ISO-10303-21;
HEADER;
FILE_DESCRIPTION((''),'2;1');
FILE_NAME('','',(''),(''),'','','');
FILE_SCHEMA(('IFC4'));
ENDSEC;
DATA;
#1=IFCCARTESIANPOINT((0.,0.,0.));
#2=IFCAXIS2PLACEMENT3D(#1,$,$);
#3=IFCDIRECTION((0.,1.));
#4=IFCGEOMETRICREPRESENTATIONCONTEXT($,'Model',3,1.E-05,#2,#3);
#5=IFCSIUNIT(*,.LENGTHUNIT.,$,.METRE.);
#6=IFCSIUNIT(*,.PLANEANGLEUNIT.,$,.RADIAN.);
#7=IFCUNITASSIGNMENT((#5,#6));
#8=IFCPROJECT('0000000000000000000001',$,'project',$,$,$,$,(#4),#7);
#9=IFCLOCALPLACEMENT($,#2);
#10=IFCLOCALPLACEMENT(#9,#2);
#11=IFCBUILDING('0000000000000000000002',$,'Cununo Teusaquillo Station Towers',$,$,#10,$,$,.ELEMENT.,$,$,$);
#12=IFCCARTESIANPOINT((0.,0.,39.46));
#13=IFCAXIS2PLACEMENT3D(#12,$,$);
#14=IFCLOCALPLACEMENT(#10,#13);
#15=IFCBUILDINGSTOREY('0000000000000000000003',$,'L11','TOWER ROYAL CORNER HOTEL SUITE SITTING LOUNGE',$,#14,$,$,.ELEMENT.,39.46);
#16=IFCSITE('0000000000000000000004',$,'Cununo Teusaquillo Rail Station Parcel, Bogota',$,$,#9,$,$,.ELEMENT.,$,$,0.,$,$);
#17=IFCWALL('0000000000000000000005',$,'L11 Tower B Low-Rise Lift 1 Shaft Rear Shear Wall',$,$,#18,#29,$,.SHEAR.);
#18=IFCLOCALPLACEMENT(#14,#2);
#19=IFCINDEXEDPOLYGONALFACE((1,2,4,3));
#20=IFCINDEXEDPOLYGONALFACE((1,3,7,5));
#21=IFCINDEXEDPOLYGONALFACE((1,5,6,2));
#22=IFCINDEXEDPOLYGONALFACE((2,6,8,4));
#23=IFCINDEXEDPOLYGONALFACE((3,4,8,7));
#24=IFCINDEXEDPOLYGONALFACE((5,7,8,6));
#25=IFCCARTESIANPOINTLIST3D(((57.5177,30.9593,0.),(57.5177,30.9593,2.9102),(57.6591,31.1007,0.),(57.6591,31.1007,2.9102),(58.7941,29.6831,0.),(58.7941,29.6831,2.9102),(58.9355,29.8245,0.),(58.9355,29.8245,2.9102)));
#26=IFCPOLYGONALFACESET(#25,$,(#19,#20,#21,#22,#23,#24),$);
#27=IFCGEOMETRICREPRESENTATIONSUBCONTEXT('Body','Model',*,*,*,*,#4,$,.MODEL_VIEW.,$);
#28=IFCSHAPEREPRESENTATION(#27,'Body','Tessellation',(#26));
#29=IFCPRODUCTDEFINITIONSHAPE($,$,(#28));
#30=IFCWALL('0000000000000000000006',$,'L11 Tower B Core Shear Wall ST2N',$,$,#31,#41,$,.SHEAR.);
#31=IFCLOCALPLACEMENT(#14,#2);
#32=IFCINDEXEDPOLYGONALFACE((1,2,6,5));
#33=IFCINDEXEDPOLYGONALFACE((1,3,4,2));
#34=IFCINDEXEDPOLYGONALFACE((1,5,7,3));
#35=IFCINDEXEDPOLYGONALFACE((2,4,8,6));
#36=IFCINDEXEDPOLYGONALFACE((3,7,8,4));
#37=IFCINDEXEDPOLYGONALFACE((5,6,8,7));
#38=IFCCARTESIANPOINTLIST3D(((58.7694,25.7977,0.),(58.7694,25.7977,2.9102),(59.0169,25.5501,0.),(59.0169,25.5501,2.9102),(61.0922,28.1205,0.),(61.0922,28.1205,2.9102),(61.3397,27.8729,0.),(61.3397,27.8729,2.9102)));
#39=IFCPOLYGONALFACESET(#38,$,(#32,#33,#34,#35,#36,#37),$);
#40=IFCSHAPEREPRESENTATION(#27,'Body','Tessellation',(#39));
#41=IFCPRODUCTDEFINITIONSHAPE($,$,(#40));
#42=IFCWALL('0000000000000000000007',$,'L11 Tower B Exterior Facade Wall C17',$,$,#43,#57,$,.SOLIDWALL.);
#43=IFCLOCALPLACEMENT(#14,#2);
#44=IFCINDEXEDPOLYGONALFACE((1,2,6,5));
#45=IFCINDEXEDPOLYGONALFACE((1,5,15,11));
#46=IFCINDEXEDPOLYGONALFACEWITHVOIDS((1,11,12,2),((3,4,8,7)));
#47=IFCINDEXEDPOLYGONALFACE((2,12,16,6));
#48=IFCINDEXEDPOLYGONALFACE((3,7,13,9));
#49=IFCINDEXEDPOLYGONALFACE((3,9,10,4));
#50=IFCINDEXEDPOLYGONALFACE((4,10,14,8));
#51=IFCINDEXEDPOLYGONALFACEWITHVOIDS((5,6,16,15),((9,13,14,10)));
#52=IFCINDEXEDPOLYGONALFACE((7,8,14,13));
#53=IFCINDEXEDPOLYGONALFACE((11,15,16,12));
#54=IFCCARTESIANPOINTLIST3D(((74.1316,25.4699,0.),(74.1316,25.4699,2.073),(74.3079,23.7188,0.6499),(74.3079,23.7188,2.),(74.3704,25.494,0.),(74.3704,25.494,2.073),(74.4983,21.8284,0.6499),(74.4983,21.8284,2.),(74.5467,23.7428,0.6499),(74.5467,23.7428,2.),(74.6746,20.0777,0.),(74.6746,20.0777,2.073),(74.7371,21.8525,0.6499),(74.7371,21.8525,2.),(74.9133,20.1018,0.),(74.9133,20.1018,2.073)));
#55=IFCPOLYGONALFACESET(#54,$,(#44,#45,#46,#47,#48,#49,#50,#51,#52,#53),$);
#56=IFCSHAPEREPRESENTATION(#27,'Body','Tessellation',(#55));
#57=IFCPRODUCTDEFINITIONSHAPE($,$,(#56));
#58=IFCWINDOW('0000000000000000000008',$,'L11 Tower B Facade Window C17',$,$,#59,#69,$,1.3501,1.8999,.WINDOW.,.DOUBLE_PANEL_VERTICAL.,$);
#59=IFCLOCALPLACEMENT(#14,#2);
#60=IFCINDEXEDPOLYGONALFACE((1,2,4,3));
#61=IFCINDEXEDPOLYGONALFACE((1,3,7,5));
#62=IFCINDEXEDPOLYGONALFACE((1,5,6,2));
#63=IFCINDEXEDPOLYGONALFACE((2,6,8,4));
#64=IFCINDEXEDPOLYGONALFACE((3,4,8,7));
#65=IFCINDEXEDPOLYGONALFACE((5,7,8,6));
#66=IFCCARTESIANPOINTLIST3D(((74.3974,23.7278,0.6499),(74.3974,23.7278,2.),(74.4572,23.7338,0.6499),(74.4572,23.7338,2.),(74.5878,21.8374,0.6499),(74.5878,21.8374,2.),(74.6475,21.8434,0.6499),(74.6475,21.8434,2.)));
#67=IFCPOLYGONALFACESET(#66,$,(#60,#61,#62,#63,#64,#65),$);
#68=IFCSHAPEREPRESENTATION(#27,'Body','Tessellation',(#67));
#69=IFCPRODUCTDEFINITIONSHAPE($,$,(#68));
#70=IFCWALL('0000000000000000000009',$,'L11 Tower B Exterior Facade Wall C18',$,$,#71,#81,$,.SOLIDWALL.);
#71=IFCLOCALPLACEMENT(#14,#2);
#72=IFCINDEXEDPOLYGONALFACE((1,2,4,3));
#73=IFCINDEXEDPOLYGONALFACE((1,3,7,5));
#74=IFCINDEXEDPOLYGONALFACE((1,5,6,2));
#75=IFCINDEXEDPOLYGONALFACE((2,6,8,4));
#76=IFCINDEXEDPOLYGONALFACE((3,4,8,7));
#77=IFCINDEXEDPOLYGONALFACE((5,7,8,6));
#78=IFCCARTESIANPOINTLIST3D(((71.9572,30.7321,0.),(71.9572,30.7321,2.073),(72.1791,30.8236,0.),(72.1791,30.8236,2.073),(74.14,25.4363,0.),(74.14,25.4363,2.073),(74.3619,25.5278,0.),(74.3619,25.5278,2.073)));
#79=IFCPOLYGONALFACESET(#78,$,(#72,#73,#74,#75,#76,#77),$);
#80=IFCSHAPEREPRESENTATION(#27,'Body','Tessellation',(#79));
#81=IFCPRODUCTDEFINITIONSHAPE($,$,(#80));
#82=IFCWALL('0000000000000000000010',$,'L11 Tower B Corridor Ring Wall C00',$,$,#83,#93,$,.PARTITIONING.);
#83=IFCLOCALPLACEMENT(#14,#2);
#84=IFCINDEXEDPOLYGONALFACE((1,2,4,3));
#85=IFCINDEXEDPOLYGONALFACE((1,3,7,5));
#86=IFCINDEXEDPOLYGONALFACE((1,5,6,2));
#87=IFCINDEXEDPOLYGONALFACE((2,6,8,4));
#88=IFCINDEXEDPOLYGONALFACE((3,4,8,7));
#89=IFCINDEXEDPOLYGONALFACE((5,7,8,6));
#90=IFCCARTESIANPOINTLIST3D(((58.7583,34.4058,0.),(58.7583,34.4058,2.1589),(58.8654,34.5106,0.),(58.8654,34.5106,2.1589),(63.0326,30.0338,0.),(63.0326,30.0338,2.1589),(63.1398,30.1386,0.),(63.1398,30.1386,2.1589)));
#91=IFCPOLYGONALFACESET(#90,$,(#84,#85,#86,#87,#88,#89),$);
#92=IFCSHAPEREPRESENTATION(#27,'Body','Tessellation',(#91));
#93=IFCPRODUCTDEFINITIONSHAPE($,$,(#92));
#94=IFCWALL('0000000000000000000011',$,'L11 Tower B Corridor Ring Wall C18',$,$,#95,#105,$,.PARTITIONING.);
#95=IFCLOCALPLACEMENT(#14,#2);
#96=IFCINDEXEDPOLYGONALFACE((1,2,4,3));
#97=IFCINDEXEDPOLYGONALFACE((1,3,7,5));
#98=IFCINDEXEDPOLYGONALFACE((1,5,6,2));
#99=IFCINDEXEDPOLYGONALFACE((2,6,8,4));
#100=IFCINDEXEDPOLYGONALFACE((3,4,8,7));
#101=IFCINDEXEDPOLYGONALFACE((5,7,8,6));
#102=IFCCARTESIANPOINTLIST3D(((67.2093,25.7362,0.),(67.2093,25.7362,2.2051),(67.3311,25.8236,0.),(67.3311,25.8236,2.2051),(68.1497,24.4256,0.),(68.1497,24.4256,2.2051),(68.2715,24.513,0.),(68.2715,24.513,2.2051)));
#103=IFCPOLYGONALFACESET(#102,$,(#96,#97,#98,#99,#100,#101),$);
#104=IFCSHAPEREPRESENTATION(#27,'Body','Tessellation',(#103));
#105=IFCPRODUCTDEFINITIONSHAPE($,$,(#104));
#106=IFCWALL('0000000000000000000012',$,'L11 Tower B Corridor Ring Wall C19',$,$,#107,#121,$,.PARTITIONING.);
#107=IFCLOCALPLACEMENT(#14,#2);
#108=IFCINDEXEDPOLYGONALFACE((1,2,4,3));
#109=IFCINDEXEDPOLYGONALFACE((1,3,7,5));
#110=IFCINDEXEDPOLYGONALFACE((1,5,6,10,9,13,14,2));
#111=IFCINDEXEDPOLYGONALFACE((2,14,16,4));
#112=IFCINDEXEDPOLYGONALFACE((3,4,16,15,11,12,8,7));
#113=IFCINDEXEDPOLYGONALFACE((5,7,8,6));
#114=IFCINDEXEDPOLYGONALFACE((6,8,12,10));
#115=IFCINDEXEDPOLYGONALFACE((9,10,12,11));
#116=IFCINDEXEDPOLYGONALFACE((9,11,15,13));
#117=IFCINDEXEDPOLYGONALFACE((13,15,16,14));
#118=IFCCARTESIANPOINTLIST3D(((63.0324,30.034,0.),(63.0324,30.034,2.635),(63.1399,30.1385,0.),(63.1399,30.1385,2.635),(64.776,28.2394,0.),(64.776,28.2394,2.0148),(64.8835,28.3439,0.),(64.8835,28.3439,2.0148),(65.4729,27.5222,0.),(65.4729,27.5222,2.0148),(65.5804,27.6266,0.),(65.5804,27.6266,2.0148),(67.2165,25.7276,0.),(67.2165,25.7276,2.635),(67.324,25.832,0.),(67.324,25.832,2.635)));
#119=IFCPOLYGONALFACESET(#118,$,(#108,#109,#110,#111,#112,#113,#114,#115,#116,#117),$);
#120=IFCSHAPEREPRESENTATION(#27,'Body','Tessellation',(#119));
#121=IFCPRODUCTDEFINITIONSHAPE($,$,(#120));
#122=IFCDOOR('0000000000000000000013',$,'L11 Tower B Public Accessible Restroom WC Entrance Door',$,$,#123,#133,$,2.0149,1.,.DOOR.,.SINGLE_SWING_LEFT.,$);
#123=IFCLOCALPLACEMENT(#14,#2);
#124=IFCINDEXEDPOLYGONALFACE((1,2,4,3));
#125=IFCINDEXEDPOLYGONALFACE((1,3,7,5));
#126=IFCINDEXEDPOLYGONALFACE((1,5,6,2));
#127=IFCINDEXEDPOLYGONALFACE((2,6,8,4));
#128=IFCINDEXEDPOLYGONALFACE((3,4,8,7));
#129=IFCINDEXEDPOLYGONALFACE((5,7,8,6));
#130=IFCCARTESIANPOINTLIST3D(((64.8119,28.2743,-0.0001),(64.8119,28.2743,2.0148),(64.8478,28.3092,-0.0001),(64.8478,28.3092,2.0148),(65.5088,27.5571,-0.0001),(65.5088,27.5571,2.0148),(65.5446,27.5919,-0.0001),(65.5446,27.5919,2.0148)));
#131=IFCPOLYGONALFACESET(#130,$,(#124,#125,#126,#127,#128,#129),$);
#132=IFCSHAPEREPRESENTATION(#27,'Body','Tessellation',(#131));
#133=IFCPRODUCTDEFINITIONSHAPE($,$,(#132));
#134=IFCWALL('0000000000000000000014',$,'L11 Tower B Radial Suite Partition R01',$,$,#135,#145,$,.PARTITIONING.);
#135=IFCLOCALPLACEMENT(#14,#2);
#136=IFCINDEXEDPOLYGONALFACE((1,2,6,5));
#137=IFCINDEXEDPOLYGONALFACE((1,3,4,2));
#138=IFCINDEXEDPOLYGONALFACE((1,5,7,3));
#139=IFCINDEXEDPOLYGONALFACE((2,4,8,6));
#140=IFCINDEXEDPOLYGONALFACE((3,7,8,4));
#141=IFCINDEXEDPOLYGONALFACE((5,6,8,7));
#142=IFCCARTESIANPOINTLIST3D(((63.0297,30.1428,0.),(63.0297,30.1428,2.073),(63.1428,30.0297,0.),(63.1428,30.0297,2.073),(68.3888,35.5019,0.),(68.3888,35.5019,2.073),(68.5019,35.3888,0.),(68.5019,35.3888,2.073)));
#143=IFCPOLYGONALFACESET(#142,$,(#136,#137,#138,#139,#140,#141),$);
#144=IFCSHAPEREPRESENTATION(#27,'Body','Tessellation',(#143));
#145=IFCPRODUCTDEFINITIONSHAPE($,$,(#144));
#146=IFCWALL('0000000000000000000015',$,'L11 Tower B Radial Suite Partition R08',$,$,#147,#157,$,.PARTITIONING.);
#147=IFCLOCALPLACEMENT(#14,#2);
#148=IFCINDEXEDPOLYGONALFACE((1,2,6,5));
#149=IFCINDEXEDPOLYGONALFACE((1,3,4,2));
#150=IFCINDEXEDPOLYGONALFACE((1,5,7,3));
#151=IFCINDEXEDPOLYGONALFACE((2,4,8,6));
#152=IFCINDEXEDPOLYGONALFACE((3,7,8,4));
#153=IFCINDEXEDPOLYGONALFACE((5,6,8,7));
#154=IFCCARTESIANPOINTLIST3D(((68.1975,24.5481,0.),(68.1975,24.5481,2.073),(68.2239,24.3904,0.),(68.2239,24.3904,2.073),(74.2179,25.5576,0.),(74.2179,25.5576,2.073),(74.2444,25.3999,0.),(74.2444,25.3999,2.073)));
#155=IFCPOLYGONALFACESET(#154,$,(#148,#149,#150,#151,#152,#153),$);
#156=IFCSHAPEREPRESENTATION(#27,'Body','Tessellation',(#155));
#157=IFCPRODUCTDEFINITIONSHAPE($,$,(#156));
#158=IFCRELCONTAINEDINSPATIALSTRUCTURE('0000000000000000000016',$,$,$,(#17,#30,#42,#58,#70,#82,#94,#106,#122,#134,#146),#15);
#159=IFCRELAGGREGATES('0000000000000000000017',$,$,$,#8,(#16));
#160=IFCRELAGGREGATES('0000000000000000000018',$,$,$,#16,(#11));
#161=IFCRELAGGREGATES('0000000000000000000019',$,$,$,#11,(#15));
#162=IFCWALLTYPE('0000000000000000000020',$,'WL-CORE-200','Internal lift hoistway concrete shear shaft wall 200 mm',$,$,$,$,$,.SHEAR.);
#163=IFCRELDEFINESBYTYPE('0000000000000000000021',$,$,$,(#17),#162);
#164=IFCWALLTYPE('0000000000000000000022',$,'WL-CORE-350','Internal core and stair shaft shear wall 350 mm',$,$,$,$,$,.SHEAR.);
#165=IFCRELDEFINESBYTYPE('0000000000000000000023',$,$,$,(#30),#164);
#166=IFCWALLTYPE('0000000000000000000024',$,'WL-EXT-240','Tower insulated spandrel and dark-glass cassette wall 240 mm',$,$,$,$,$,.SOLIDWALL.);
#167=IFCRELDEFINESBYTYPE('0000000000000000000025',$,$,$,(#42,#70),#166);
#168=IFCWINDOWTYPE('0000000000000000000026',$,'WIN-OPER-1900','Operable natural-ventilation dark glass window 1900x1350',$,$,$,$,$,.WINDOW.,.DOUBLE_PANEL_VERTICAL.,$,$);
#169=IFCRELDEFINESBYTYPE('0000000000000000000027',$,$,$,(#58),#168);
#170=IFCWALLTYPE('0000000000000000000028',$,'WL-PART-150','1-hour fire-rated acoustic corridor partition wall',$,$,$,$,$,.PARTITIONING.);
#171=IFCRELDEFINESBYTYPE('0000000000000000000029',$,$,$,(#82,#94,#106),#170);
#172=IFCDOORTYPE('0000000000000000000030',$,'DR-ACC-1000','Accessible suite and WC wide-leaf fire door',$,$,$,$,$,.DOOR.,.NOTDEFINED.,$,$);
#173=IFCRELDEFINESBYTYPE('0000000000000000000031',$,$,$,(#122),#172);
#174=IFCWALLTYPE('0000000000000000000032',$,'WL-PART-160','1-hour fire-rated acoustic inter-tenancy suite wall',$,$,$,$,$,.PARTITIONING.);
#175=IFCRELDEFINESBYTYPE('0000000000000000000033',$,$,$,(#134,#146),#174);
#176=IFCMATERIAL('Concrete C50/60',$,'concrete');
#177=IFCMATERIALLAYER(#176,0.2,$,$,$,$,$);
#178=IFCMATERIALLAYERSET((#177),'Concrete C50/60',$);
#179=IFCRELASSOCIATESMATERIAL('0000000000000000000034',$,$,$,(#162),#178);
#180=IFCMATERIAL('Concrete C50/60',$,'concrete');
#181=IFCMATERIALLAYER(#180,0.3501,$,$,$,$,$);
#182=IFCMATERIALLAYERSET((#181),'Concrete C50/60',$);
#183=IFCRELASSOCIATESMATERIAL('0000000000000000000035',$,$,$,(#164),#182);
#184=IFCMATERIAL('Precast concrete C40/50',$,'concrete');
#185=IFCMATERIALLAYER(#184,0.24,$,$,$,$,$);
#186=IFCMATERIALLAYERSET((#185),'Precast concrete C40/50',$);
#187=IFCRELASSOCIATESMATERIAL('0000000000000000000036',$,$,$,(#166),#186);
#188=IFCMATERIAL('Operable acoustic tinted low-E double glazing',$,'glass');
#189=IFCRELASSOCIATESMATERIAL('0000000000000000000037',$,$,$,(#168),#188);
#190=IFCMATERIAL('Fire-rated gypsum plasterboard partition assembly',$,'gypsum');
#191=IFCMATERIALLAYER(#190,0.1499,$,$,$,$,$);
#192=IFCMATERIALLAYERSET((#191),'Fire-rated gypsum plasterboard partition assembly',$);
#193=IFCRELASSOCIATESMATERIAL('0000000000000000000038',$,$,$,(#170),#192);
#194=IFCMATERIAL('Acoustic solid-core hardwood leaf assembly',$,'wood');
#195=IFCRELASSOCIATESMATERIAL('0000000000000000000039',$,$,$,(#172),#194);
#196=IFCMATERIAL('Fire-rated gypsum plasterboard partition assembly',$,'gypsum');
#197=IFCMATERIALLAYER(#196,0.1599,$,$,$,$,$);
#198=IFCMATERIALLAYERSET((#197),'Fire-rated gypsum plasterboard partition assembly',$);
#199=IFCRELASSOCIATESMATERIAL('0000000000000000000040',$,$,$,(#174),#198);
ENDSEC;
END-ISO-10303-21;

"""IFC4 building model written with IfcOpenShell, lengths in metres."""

from ifc_helpers import new_model, si_unit, direction, frame, frame_2d, origin, place, context, subcontext, project, spatial, rectangle, extrude, source, transform, mapped, material, layer, layer_set, type_object, element, fill, save


model = new_model("IFC4")

# Units and contexts
model_context = context("Model", 3, precision=1e-05, world=origin(), true_north=direction((0.0, 1.0)))
body_context = subcontext(model_context, "Body", "Model", "MODEL_VIEW")
ifc_project = project(units=[si_unit("LENGTHUNIT", "METRE"), si_unit("PLANEANGLEUNIT", "RADIAN")], contexts=[model_context])

# Site, building, storey
site_placement = place(None, origin())
site = spatial("IfcSite", under=ifc_project, at=site_placement, Name="Cununo Teusaquillo Rail Station Parcel, Bogota", CompositionType="ELEMENT", RefElevation=0.0)
building_placement = place(site_placement, origin())
building = spatial("IfcBuilding", under=site, at=building_placement, Name="Cununo Teusaquillo Station Towers", CompositionType="ELEMENT")
storey_placement = place(building_placement, frame((0.0, 0.0, 39.46)))
storey = spatial("IfcBuildingStorey", under=building, at=storey_placement, Name="L11", Description="TOWER ROYAL CORNER HOTEL SUITE SITTING LOUNGE", CompositionType="ELEMENT", Elevation=39.46)

# Walls
ifc_material_1 = material(Name="Concrete C50/60", Category="concrete")
ifc_layer_1 = layer(ifc_material_1, 0.2)
ifc_layer_set_1 = layer_set([ifc_layer_1], Name="Concrete C50/60")
wall_type_1 = type_object("IfcWallType", Name="WL-CORE-200", Description="Internal lift hoistway concrete shear shaft wall 200 mm", PredefinedType="SHEAR", material=ifc_layer_set_1)
wall_1_placement = place(storey_placement, frame((58.8647, 29.7539, 0.0), z_axis=(0.0, 0.0, 1.0), x_axis=(-0.707174, 0.707039, 0.0)))
element("IfcWall", 1, at=wall_1_placement, inside=storey, type_object=wall_type_1, Name="L11 Tower B Low-Rise Lift 1 Shaft Rear Shear Wall", PredefinedType="SHEAR", context=body_context, shape_type="SweptSolid", body=[
    extrude(rectangle(XDim=1.8049, YDim=0.2, at=frame_2d((0.9023, 0.0))), origin(), (0.0, 0.0, 1.0), 2.9102),
])
ifc_material_2 = material(Name="Concrete C50/60", Category="concrete")
ifc_layer_2 = layer(ifc_material_2, 0.3501)
ifc_layer_set_2 = layer_set([ifc_layer_2], Name="Concrete C50/60")
wall_type_2 = type_object("IfcWallType", Name="WL-CORE-350", Description="Internal core and stair shaft shear wall 350 mm", PredefinedType="SHEAR", material=ifc_layer_set_2)
wall_2_placement = place(storey_placement, frame((58.8931, 25.6738, 0.0), z_axis=(0.0, 0.0, 1.0), x_axis=(0.707107, 0.707107, 0.0)))
element("IfcWall", 2, at=wall_2_placement, inside=storey, type_object=wall_type_2, Name="L11 Tower B Core Shear Wall ST2N", PredefinedType="SHEAR", context=body_context, shape_type="SweptSolid", body=[
    extrude(rectangle(XDim=3.2849, YDim=0.3501, at=frame_2d((1.6426, 0.0))), origin(), (0.0, 0.0, 1.0), 2.9102),
])

# Wall, opening, window
ifc_material_3 = material(Name="Precast concrete C40/50", Category="concrete")
ifc_layer_3 = layer(ifc_material_3, 0.24)
ifc_layer_set_3 = layer_set([ifc_layer_3], Name="Precast concrete C40/50")
wall_type_3 = type_object("IfcWallType", Name="WL-EXT-240", Description="Tower insulated spandrel and dark-glass cassette wall 240 mm", PredefinedType="SOLIDWALL", material=ifc_layer_set_3)
wall_3_placement = place(storey_placement, frame((74.251, 25.4819, 0.0), z_axis=(0.0, 0.0, 1.0), x_axis=(0.100191, -0.994968, 0.0)))
wall_3 = element("IfcWall", 3, at=wall_3_placement, inside=storey, type_object=wall_type_3, Name="L11 Tower B Exterior Facade Wall C17", PredefinedType="SOLIDWALL", context=body_context, shape_type="SweptSolid", body=[
    extrude(rectangle(XDim=5.4194, YDim=0.24, at=frame_2d((2.7097, 0.0))), origin(), (0.0, 0.0, 1.0), 2.073),
])
shared_shape_1 = source(origin(), body_context, "Body", "SweptSolid", [
    extrude(rectangle(XDim=1.8999, YDim=1.3501, at=frame_2d((0.95, 0.675))), frame((0.0, 0.1299, 0.0), z_axis=(0.0, -1.0, 0.0), x_axis=(1.0, 0.0, 0.0)), (0.0, 0.0, 1.0), 0.26),
])
opening_1_placement = place(wall_3_placement, frame((1.76, 0.0, 0.6499)))
opening_1 = element("IfcOpeningElement", 4, at=opening_1_placement, cuts=wall_3, PredefinedType="OPENING", context=body_context, shape_type="MappedRepresentation", body=[
    mapped(shared_shape_1, transform((0.0, 0.0, 0.0), x_axis=(1.0, 0.0, 0.0), y_axis=(0.0, 1.0, 0.0), z_axis=(0.0, 0.0, 1.0), scale=1.0)),
])
ifc_material_4 = material(Name="Operable acoustic tinted low-E double glazing", Category="glass")
window_type = type_object("IfcWindowType", Name="WIN-OPER-1900", Description="Operable natural-ventilation dark glass window 1900x1350", PartitioningType="DOUBLE_PANEL_VERTICAL", PredefinedType="WINDOW", material=ifc_material_4)
shared_shape_2 = source(origin(), body_context, "Body", "SweptSolid", [
    extrude(rectangle(XDim=1.8999, YDim=1.3501, at=frame_2d((0.95, 0.675))), frame((0.0, 0.03, 0.0), z_axis=(0.0, -1.0, 0.0), x_axis=(1.0, 0.0, 0.0)), (0.0, 0.0, 1.0), 0.0601),
])
window_placement = place(opening_1_placement, origin())
window = element("IfcWindow", 5, at=window_placement, inside=storey, type_object=window_type, Name="L11 Tower B Facade Window C17", OverallHeight=1.3501, OverallWidth=1.8999, PartitioningType="DOUBLE_PANEL_VERTICAL", PredefinedType="WINDOW", context=body_context, shape_type="MappedRepresentation", body=[
    mapped(shared_shape_2, transform((0.0, 0.0, 0.0), x_axis=(1.0, 0.0, 0.0), y_axis=(0.0, 1.0, 0.0), z_axis=(0.0, 0.0, 1.0), scale=1.0)),
])
fill(opening_1, window)

# Walls
wall_4_placement = place(storey_placement, frame((72.0681, 30.7778, 0.0), z_axis=(0.0, 0.0, 1.0), x_axis=(0.381078, -0.924543, 0.0)))
element("IfcWall", 6, at=wall_4_placement, inside=storey, type_object=wall_type_3, Name="L11 Tower B Exterior Facade Wall C18", PredefinedType="SOLIDWALL", context=body_context, shape_type="SweptSolid", body=[
    extrude(rectangle(XDim=5.728, YDim=0.24, at=frame_2d((2.864, 0.0))), origin(), (0.0, 0.0, 1.0), 2.073),
])
ifc_material_5 = material(Name="Fire-rated gypsum plasterboard partition assembly", Category="gypsum")
ifc_layer_4 = layer(ifc_material_5, 0.1499)
ifc_layer_set_4 = layer_set([ifc_layer_4], Name="Fire-rated gypsum plasterboard partition assembly")
wall_type_4 = type_object("IfcWallType", Name="WL-PART-150", Description="1-hour fire-rated acoustic corridor partition wall", PredefinedType="PARTITIONING", material=ifc_layer_set_4)
wall_5_placement = place(storey_placement, frame((63.0862, 30.0862, 0.0), z_axis=(0.0, 0.0, 1.0), x_axis=(-0.699076, 0.715047, 0.0)))
element("IfcWall", 7, at=wall_5_placement, inside=storey, type_object=wall_type_4, Name="L11 Tower B Corridor Ring Wall C00", PredefinedType="PARTITIONING", context=body_context, shape_type="SweptSolid", body=[
    extrude(rectangle(XDim=6.1143, YDim=0.1499, at=frame_2d((3.0571, 0.0))), origin(), (0.0, 0.0, 1.0), 2.1589),
])
wall_6_placement = place(storey_placement, frame((68.2107, 24.4692, 0.0), z_axis=(0.0, 0.0, 1.0), x_axis=(-0.583012, 0.812463, 0.0)))
element("IfcWall", 8, at=wall_6_placement, inside=storey, type_object=wall_type_4, Name="L11 Tower B Corridor Ring Wall C18", PredefinedType="PARTITIONING", context=body_context, shape_type="SweptSolid", body=[
    extrude(rectangle(XDim=1.613, YDim=0.1499, at=frame_2d((0.8066, 0.0))), origin(), (0.0, 0.0, 1.0), 2.2051),
])

# Wall, opening, door
wall_7_placement = place(storey_placement, frame((67.2703, 25.7798, 0.0), z_axis=(0.0, 0.0, 1.0), x_axis=(-0.696848, 0.717219, 0.0)))
wall_7 = element("IfcWall", 9, at=wall_7_placement, inside=storey, type_object=wall_type_4, Name="L11 Tower B Corridor Ring Wall C19", PredefinedType="PARTITIONING", context=body_context, shape_type="SweptSolid", body=[
    extrude(rectangle(XDim=6.0044, YDim=0.1499, at=frame_2d((3.0022, 0.0))), origin(), (0.0, 0.0, 1.0), 2.635),
])
shared_shape_3 = source(origin(), body_context, "Body", "SweptSolid", [
    extrude(rectangle(XDim=1.0, YDim=2.0149, at=frame_2d((0.5, 1.0073))), frame((0.0, 0.085, 0.0), z_axis=(0.0, -1.0, 0.0), x_axis=(1.0, 0.0, 0.0)), (0.0, 0.0, 1.0), 0.1699),
])
opening_2_placement = place(wall_7_placement, frame((2.5022, 0.0, 0.0)))
opening_2 = element("IfcOpeningElement", 10, at=opening_2_placement, cuts=wall_7, PredefinedType="OPENING", context=body_context, shape_type="MappedRepresentation", body=[
    mapped(shared_shape_3, transform((0.0, 0.0, 0.0), x_axis=(1.0, 0.0, 0.0), y_axis=(0.0, 1.0, 0.0), z_axis=(0.0, 0.0, 1.0), scale=1.0)),
])
ifc_material_6 = material(Name="Acoustic solid-core hardwood leaf assembly", Category="wood")
door_type = type_object("IfcDoorType", Name="DR-ACC-1000", Description="Accessible suite and WC wide-leaf fire door", OperationType="NOTDEFINED", PredefinedType="DOOR", material=ifc_material_6)
shared_shape_4 = source(origin(), body_context, "Body", "SweptSolid", [
    extrude(rectangle(XDim=1.0, YDim=2.0149, at=frame_2d((0.5, 1.0073))), frame((0.0, 0.0249, 0.0), z_axis=(0.0, -1.0, 0.0), x_axis=(1.0, 0.0, 0.0)), (0.0, 0.0, 1.0), 0.05),
])
door_placement = place(opening_2_placement, origin())
door = element("IfcDoor", 11, at=door_placement, inside=storey, type_object=door_type, Name="L11 Tower B Public Accessible Restroom WC Entrance Door", OperationType="SINGLE_SWING_LEFT", OverallHeight=2.0149, OverallWidth=1.0, PredefinedType="DOOR", context=body_context, shape_type="MappedRepresentation", body=[
    mapped(shared_shape_4, transform((0.0, 0.0, 0.0), x_axis=(1.0, 0.0, 0.0), y_axis=(0.0, 1.0, 0.0), z_axis=(0.0, 0.0, 1.0), scale=1.0)),
])
fill(opening_2, door)

# Walls
ifc_material_7 = material(Name="Fire-rated gypsum plasterboard partition assembly", Category="gypsum")
ifc_layer_5 = layer(ifc_material_7, 0.1599)
ifc_layer_set_5 = layer_set([ifc_layer_5], Name="Fire-rated gypsum plasterboard partition assembly")
wall_type_5 = type_object("IfcWallType", Name="WL-PART-160", Description="1-hour fire-rated acoustic inter-tenancy suite wall", PredefinedType="PARTITIONING", material=ifc_layer_set_5)
wall_8_placement = place(storey_placement, frame((63.0862, 30.0862, 0.0), z_axis=(0.0, 0.0, 1.0), x_axis=(0.707107, 0.707107, 0.0)))
element("IfcWall", 12, at=wall_8_placement, inside=storey, type_object=wall_type_5, Name="L11 Tower B Radial Suite Partition R01", PredefinedType="PARTITIONING", context=body_context, shape_type="SweptSolid", body=[
    extrude(rectangle(XDim=7.5789, YDim=0.1599, at=frame_2d((3.7896, 0.0))), origin(), (0.0, 0.0, 1.0), 2.073),
])
wall_9_placement = place(storey_placement, frame((68.2107, 24.4692, 0.0), z_axis=(0.0, 0.0, 1.0), x_axis=(0.986231, 0.165372, 0.0)))
element("IfcWall", 13, at=wall_9_placement, inside=storey, type_object=wall_type_5, Name="L11 Tower B Radial Suite Partition R08", PredefinedType="PARTITIONING", context=body_context, shape_type="SweptSolid", body=[
    extrude(rectangle(XDim=6.1045, YDim=0.1599, at=frame_2d((3.0522, 0.0))), origin(), (0.0, 0.0, 1.0), 2.073),
])

save(model, "model.ifc")
